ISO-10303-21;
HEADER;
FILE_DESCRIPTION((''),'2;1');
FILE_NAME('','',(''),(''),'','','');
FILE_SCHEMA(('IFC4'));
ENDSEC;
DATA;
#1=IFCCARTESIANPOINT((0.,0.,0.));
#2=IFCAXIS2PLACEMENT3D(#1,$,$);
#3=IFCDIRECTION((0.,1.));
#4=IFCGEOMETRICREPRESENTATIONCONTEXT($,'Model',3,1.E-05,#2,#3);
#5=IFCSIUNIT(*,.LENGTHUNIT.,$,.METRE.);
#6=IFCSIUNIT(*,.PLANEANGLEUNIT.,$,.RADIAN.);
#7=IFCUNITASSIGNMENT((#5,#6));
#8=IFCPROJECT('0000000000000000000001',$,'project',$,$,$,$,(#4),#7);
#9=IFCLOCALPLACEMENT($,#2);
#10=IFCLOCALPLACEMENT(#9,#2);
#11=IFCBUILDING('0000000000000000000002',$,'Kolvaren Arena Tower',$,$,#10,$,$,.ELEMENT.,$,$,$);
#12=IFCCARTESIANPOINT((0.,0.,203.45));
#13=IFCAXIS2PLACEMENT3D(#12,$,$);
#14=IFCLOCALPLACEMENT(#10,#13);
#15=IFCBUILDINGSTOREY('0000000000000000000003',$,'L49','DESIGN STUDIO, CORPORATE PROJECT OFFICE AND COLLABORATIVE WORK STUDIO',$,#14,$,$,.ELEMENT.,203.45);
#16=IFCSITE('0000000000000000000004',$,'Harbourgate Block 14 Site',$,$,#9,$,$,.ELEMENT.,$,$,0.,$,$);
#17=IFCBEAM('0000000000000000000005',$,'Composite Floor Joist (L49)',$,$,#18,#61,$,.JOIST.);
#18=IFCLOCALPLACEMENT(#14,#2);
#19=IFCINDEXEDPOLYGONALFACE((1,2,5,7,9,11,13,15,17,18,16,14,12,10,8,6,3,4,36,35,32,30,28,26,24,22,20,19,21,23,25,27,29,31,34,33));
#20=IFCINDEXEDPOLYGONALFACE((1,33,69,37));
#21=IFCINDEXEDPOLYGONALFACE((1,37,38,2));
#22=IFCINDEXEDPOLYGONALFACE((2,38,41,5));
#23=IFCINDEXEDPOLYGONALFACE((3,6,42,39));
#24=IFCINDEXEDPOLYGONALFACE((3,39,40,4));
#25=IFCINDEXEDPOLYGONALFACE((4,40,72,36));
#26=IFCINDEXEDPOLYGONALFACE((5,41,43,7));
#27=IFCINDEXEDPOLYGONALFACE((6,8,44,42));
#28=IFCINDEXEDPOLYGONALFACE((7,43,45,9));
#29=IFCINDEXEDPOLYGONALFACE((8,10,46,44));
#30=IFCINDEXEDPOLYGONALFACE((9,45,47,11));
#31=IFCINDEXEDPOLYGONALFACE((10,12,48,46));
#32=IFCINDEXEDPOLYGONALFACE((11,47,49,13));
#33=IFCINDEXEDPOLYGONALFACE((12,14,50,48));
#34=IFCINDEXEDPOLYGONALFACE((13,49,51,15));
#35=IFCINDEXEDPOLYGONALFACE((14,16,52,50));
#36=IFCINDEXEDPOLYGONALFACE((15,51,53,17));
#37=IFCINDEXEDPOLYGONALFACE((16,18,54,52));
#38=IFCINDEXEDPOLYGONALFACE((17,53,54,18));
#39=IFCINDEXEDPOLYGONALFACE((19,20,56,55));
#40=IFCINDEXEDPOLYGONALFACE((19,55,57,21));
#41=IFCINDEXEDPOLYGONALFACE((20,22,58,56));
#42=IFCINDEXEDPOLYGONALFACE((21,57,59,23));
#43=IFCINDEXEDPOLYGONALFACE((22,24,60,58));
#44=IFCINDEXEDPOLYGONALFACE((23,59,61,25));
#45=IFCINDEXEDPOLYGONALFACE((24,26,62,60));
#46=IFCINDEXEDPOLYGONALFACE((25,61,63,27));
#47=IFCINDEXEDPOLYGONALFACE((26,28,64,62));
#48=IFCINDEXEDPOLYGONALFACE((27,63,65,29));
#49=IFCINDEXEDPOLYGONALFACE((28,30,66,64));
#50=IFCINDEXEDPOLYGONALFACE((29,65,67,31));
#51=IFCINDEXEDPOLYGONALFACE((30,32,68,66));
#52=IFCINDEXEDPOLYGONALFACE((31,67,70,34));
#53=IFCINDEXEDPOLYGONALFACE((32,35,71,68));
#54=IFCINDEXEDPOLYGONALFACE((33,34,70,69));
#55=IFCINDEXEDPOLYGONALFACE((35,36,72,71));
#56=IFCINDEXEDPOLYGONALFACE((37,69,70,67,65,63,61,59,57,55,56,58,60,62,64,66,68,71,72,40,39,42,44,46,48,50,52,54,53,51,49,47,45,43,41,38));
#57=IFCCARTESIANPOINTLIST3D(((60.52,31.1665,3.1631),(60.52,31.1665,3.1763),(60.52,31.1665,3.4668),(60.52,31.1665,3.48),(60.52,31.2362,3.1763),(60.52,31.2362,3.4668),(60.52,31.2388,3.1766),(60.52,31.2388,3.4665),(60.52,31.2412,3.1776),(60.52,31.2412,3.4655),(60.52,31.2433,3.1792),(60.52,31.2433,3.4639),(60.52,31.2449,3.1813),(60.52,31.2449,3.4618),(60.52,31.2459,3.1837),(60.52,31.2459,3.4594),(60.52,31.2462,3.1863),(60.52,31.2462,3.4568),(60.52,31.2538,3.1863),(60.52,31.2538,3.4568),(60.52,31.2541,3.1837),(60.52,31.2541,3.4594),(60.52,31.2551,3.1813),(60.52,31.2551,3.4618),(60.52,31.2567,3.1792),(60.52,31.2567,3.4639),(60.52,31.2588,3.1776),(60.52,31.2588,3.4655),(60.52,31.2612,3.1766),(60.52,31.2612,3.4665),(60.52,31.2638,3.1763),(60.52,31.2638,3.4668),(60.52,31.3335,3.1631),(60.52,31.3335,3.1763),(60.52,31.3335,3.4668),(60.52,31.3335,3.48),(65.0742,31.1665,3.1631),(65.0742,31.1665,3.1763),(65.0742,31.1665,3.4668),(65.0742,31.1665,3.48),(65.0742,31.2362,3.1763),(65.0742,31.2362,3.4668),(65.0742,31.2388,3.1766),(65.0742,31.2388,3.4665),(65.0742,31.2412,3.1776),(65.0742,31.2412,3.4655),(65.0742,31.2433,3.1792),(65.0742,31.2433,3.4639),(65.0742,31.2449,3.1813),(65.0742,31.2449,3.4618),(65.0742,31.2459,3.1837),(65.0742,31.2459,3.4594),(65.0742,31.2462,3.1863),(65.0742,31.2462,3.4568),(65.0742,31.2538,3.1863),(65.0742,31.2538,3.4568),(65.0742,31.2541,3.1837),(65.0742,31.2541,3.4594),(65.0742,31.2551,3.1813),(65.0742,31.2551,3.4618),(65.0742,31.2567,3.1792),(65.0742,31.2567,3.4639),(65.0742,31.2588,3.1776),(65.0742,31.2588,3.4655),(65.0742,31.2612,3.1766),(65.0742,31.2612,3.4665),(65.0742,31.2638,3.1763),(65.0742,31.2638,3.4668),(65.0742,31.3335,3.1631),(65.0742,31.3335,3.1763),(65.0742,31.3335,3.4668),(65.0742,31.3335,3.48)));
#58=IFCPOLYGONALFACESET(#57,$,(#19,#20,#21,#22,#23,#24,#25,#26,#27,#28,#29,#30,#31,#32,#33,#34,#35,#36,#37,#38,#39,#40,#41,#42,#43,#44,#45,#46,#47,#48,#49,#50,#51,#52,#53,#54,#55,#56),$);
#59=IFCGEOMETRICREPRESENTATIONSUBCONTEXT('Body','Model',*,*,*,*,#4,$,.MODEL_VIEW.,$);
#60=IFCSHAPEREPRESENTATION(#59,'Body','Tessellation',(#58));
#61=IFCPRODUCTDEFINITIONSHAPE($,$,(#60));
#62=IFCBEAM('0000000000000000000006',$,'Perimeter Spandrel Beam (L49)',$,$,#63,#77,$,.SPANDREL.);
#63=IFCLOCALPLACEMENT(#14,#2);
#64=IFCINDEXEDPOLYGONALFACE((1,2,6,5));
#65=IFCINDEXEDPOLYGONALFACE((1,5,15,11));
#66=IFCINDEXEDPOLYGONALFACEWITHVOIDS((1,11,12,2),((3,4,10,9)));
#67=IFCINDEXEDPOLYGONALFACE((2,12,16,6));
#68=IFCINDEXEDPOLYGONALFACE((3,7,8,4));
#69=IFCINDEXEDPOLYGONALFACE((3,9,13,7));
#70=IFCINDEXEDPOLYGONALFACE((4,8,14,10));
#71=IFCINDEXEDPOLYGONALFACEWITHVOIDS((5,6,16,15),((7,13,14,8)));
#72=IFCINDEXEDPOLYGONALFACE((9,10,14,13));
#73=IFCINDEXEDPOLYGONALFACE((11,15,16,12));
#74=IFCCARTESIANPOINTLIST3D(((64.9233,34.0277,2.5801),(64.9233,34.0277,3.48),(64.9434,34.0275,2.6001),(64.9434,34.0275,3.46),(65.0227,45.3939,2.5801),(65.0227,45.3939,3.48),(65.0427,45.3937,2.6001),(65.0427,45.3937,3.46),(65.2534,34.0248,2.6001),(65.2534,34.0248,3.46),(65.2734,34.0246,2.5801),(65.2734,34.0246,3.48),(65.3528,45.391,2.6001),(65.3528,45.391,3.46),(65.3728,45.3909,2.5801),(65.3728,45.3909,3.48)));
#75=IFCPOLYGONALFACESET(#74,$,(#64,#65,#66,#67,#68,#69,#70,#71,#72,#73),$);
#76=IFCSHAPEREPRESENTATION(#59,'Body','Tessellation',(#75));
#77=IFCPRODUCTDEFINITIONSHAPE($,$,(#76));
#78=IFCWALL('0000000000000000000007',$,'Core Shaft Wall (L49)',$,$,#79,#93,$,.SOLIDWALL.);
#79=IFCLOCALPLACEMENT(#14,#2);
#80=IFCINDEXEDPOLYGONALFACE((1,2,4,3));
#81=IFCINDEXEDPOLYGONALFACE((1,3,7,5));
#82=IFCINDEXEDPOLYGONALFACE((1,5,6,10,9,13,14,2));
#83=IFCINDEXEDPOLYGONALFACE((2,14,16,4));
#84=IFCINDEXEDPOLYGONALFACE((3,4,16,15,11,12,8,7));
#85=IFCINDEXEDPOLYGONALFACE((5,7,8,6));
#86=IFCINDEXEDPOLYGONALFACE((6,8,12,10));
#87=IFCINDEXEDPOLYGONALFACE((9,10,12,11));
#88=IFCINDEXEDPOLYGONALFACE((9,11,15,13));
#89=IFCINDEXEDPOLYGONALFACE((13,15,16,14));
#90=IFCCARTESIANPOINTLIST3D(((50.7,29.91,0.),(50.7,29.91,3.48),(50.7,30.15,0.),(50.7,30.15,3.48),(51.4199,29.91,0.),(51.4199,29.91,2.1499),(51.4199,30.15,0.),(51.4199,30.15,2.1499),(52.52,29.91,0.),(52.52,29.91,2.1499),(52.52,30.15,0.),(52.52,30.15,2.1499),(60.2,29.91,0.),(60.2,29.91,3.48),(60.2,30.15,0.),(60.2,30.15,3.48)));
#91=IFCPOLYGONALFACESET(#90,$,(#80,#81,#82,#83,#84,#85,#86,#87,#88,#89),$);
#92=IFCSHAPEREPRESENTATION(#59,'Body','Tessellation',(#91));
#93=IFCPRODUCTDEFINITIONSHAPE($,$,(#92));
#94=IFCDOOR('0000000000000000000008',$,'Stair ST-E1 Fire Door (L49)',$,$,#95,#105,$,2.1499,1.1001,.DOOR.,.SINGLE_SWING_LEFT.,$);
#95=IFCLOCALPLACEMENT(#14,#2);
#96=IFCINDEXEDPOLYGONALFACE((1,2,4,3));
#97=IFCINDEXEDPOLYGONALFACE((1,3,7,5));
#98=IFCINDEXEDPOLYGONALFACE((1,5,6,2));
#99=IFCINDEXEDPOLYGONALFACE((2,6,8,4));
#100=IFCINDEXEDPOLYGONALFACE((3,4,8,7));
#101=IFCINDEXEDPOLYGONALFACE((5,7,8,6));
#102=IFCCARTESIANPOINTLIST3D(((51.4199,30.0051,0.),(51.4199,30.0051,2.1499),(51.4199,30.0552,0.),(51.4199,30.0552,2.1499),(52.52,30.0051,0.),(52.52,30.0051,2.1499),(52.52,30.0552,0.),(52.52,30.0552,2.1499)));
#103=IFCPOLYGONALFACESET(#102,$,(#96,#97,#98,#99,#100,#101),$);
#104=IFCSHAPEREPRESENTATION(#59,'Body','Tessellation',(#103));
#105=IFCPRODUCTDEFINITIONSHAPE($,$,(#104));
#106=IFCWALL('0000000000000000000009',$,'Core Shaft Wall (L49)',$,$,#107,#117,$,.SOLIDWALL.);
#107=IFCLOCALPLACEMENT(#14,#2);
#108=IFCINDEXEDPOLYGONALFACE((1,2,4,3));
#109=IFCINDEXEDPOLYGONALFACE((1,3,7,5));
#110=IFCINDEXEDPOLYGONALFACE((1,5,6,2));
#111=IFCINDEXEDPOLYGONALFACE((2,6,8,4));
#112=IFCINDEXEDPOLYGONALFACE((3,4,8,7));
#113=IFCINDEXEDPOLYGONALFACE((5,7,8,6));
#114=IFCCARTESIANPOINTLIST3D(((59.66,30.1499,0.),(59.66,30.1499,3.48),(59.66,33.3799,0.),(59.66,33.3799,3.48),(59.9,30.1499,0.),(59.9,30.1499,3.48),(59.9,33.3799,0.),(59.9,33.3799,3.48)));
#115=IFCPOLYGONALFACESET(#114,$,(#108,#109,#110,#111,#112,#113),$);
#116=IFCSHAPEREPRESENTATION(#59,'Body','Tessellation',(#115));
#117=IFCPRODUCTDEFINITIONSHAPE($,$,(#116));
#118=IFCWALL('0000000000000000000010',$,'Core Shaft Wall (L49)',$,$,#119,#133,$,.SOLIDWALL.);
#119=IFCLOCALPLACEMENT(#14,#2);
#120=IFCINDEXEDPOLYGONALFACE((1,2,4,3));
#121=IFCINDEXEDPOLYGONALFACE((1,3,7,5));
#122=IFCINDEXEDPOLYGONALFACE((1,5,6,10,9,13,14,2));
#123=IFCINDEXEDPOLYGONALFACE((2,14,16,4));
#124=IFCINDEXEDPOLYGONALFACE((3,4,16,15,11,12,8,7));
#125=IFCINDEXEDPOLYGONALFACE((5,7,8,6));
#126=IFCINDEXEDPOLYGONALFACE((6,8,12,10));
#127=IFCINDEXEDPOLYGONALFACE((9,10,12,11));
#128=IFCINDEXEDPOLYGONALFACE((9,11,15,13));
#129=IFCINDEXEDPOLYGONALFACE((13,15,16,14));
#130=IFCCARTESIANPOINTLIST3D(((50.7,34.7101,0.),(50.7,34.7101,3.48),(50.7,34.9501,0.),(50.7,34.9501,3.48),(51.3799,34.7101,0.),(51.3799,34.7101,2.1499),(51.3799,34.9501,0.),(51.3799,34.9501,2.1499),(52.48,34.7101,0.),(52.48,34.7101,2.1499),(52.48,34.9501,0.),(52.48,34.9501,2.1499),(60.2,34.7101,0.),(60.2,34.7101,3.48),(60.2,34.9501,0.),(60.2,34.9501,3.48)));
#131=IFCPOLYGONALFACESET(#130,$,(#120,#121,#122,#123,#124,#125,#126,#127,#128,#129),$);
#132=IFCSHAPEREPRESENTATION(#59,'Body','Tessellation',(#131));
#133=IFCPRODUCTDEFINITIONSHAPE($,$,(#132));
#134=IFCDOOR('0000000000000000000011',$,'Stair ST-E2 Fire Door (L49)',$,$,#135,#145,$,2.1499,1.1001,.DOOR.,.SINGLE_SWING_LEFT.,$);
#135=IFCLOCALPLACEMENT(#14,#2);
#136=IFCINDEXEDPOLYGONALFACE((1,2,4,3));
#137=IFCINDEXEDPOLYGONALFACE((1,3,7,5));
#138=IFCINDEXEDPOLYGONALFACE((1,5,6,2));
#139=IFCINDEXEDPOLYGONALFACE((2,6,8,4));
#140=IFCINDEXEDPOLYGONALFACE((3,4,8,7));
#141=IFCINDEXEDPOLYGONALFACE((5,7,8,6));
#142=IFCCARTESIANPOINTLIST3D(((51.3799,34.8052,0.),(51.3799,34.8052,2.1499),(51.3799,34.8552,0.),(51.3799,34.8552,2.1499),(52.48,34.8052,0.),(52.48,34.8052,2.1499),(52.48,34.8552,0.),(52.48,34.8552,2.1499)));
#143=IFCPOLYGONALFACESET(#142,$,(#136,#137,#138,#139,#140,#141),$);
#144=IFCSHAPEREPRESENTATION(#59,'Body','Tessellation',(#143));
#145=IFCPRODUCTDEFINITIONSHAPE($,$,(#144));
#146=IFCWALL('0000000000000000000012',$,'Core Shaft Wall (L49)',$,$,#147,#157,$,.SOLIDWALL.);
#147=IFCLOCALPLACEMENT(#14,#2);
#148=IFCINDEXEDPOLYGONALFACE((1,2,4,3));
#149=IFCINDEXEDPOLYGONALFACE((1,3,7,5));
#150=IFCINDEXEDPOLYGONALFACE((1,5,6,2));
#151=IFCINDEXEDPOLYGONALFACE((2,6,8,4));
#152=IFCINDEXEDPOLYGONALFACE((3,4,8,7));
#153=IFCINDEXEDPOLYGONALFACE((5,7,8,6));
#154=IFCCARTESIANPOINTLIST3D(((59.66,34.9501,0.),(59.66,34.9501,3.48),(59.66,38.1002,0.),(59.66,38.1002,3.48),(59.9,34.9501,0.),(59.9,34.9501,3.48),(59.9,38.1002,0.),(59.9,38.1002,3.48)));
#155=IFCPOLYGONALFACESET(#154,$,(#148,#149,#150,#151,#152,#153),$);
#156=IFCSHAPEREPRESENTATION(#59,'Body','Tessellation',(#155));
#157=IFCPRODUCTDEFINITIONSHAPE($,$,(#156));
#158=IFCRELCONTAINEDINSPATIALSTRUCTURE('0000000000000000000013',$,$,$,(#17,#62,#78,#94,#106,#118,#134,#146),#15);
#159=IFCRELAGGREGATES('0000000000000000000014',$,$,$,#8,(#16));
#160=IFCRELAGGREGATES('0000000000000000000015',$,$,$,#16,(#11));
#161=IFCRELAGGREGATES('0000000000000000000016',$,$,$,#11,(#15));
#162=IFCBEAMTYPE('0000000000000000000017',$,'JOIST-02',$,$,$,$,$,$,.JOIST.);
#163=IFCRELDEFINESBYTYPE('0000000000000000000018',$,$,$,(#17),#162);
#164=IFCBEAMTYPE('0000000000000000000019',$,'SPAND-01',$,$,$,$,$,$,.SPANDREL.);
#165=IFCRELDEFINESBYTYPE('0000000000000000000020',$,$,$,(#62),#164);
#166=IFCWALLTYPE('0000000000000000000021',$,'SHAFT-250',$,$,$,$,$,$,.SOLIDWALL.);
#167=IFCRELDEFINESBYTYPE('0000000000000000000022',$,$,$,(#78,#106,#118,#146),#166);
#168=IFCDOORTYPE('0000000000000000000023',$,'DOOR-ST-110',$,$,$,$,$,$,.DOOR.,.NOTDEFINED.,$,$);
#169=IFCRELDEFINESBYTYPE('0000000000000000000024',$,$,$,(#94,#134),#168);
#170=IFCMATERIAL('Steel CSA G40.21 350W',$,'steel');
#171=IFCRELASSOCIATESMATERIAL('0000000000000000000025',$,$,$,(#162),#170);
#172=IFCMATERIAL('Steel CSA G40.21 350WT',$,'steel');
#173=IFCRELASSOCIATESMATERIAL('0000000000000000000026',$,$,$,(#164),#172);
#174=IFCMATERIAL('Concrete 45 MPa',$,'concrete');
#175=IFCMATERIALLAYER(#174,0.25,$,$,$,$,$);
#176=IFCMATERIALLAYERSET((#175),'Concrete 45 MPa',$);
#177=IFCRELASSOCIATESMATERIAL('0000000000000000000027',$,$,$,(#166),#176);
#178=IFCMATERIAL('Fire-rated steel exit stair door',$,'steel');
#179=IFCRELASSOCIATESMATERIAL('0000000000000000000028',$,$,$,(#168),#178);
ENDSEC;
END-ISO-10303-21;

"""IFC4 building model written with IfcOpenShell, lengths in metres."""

from ifc_helpers import new_model, si_unit, direction, frame, frame_2d, origin, origin_2d, place, context, subcontext, project, spatial, rectangle, hollow_rectangle, i_section, extrude, material, layer, layer_set, material_profile, profile_set, type_object, element, fill, save


model = new_model("IFC4")

# Units and contexts
model_context = context("Model", 3, precision=1e-05, world=origin(), true_north=direction((0.0, 1.0)))
body_context = subcontext(model_context, "Body", "Model", "MODEL_VIEW")
ifc_project = project(units=[si_unit("LENGTHUNIT", "METRE"), si_unit("PLANEANGLEUNIT", "RADIAN")], contexts=[model_context])

# Site, building, storey
site_placement = place(None, origin())
site = spatial("IfcSite", under=ifc_project, at=site_placement, Name="Harbourgate Block 14 Site", CompositionType="ELEMENT", RefElevation=0.0)
building_placement = place(site_placement, origin())
building = spatial("IfcBuilding", under=site, at=building_placement, Name="Kolvaren Arena Tower", CompositionType="ELEMENT")
storey_placement = place(building_placement, frame((0.0, 0.0, 203.45)))
storey = spatial("IfcBuildingStorey", under=building, at=storey_placement, Name="L49", Description="DESIGN STUDIO, CORPORATE PROJECT OFFICE AND COLLABORATIVE WORK STUDIO", CompositionType="ELEMENT", Elevation=203.45)

# Beams
ifc_material_1 = material(Name="Steel CSA G40.21 350W", Category="steel")
ifc_material_profile_1 = material_profile(ifc_material_1, i_section(OverallWidth=0.167, OverallDepth=0.3169, WebThickness=0.0076, FlangeThickness=0.0132, FilletRadius=0.01, at=origin_2d()), Name="W310x52")
ifc_profile_set_1 = profile_set([ifc_material_profile_1], Name="Steel CSA G40.21 350W")
beam_type_1 = type_object("IfcBeamType", Name="JOIST-02", PredefinedType="JOIST", material=ifc_profile_set_1)
beam_1_placement = place(storey_placement, frame((60.52, 31.25, 3.3215), z_axis=(1.0, 0.0, 0.0), x_axis=(0.0, 1.0, 0.0)))
element("IfcBeam", 1, at=beam_1_placement, inside=storey, type_object=beam_type_1, Name="Composite Floor Joist (L49)", PredefinedType="JOIST", context=body_context, shape_type="SweptSolid", body=[
    extrude(i_section(OverallWidth=0.167, OverallDepth=0.3169, WebThickness=0.0076, FlangeThickness=0.0132, FilletRadius=0.01, at=origin_2d()), origin(), (0.0, 0.0, 1.0), 4.5542),
])
ifc_material_2 = material(Name="Steel CSA G40.21 350WT", Category="steel")
ifc_material_profile_2 = material_profile(ifc_material_2, hollow_rectangle(XDim=0.3501, YDim=0.8999, WallThickness=0.02, at=origin_2d()), Name="HSS 900x350x20")
ifc_profile_set_2 = profile_set([ifc_material_profile_2], Name="Steel CSA G40.21 350WT")
beam_type_2 = type_object("IfcBeamType", Name="SPAND-01", PredefinedType="SPANDREL", material=ifc_profile_set_2)
beam_2_placement = place(storey_placement, frame((65.0984, 34.0261, 3.03), z_axis=(0.008742, 0.999962, 0.0), x_axis=(-0.999962, 0.008742, 0.0)))
element("IfcBeam", 2, at=beam_2_placement, inside=storey, type_object=beam_type_2, Name="Perimeter Spandrel Beam (L49)", PredefinedType="SPANDREL", context=body_context, shape_type="SweptSolid", body=[
    extrude(hollow_rectangle(XDim=0.3501, YDim=0.8999, WallThickness=0.02, at=origin_2d()), origin(), (0.0, 0.0, 1.0), 11.3667),
])

# Wall, opening, door
ifc_material_3 = material(Name="Concrete 45 MPa", Category="concrete")
ifc_layer = layer(ifc_material_3, 0.25)
ifc_layer_set = layer_set([ifc_layer], Name="Concrete 45 MPa")
wall_type = type_object("IfcWallType", Name="SHAFT-250", PredefinedType="SOLIDWALL", material=ifc_layer_set)
wall_1_placement = place(storey_placement, frame((60.2, 30.03, 0.0), z_axis=(0.0, 0.0, 1.0), x_axis=(-1.0, 0.0, 0.0)))
wall_1 = element("IfcWall", 3, at=wall_1_placement, inside=storey, type_object=wall_type, Name="Core Shaft Wall (L49)", PredefinedType="SOLIDWALL", context=body_context, shape_type="SweptSolid", body=[
    extrude(rectangle(XDim=9.5, YDim=0.24, at=frame_2d((4.75, 0.0))), origin(), (0.0, 0.0, 1.0), 3.48),
])
opening_1_placement = place(wall_1_placement, frame((7.6799, 0.0, 0.0)))
opening_1 = element("IfcOpeningElement", 4, at=opening_1_placement, cuts=wall_1, PredefinedType="OPENING", context=body_context, shape_type="SweptSolid", body=[
    extrude(rectangle(XDim=1.1001, YDim=2.1499, at=frame_2d((0.55, 1.075))), frame((0.0, 0.1299, 0.0), z_axis=(0.0, -1.0, 0.0), x_axis=(1.0, 0.0, 0.0)), (0.0, 0.0, 1.0), 0.26),
])
ifc_material_4 = material(Name="Fire-rated steel exit stair door", Category="steel")
door_type = type_object("IfcDoorType", Name="DOOR-ST-110", OperationType="NOTDEFINED", PredefinedType="DOOR", material=ifc_material_4)
door_1_placement = place(opening_1_placement, origin())
door_1 = element("IfcDoor", 5, at=door_1_placement, inside=storey, type_object=door_type, Name="Stair ST-E1 Fire Door (L49)", OperationType="SINGLE_SWING_LEFT", OverallHeight=2.1499, OverallWidth=1.1001, PredefinedType="DOOR", context=body_context, shape_type="SweptSolid", body=[
    extrude(rectangle(XDim=1.1001, YDim=2.1499, at=frame_2d((0.55, 1.075))), frame((0.0, 0.0249, 0.0), z_axis=(0.0, -1.0, 0.0), x_axis=(1.0, 0.0, 0.0)), (0.0, 0.0, 1.0), 0.05),
])
fill(opening_1, door_1)

# Wall
wall_2_placement = place(storey_placement, frame((59.78, 30.1499, 0.0), z_axis=(0.0, 0.0, 1.0), x_axis=(0.0, 1.0, 0.0)))
element("IfcWall", 6, at=wall_2_placement, inside=storey, type_object=wall_type, Name="Core Shaft Wall (L49)", PredefinedType="SOLIDWALL", context=body_context, shape_type="SweptSolid", body=[
    extrude(rectangle(XDim=3.23, YDim=0.24, at=frame_2d((1.615, 0.0))), origin(), (0.0, 0.0, 1.0), 3.48),
])

# Wall, opening, door
wall_3_placement = place(storey_placement, frame((60.2, 34.8301, 0.0), z_axis=(0.0, 0.0, 1.0), x_axis=(-1.0, 0.0, 0.0)))
wall_3 = element("IfcWall", 7, at=wall_3_placement, inside=storey, type_object=wall_type, Name="Core Shaft Wall (L49)", PredefinedType="SOLIDWALL", context=body_context, shape_type="SweptSolid", body=[
    extrude(rectangle(XDim=9.5, YDim=0.24, at=frame_2d((4.75, 0.0))), origin(), (0.0, 0.0, 1.0), 3.48),
])
opening_2_placement = place(wall_3_placement, frame((7.72, 0.0, 0.0)))
opening_2 = element("IfcOpeningElement", 8, at=opening_2_placement, cuts=wall_3, PredefinedType="OPENING", context=body_context, shape_type="SweptSolid", body=[
    extrude(rectangle(XDim=1.1001, YDim=2.1499, at=frame_2d((0.55, 1.075))), frame((0.0, 0.1299, 0.0), z_axis=(0.0, -1.0, 0.0), x_axis=(1.0, 0.0, 0.0)), (0.0, 0.0, 1.0), 0.26),
])
door_2_placement = place(opening_2_placement, origin())
door_2 = element("IfcDoor", 9, at=door_2_placement, inside=storey, type_object=door_type, Name="Stair ST-E2 Fire Door (L49)", OperationType="SINGLE_SWING_LEFT", OverallHeight=2.1499, OverallWidth=1.1001, PredefinedType="DOOR", context=body_context, shape_type="SweptSolid", body=[
    extrude(rectangle(XDim=1.1001, YDim=2.1499, at=frame_2d((0.55, 1.075))), frame((0.0, 0.0249, 0.0), z_axis=(0.0, -1.0, 0.0), x_axis=(1.0, 0.0, 0.0)), (0.0, 0.0, 1.0), 0.05),
])
fill(opening_2, door_2)

# Wall
wall_4_placement = place(storey_placement, frame((59.78, 34.95, 0.0), z_axis=(0.0, 0.0, 1.0), x_axis=(0.0, 1.0, 0.0)))
element("IfcWall", 10, at=wall_4_placement, inside=storey, type_object=wall_type, Name="Core Shaft Wall (L49)", PredefinedType="SOLIDWALL", context=body_context, shape_type="SweptSolid", body=[
    extrude(rectangle(XDim=3.1501, YDim=0.24, at=frame_2d((1.5752, 0.0))), origin(), (0.0, 0.0, 1.0), 3.48),
])

save(model, "model.ifc")
